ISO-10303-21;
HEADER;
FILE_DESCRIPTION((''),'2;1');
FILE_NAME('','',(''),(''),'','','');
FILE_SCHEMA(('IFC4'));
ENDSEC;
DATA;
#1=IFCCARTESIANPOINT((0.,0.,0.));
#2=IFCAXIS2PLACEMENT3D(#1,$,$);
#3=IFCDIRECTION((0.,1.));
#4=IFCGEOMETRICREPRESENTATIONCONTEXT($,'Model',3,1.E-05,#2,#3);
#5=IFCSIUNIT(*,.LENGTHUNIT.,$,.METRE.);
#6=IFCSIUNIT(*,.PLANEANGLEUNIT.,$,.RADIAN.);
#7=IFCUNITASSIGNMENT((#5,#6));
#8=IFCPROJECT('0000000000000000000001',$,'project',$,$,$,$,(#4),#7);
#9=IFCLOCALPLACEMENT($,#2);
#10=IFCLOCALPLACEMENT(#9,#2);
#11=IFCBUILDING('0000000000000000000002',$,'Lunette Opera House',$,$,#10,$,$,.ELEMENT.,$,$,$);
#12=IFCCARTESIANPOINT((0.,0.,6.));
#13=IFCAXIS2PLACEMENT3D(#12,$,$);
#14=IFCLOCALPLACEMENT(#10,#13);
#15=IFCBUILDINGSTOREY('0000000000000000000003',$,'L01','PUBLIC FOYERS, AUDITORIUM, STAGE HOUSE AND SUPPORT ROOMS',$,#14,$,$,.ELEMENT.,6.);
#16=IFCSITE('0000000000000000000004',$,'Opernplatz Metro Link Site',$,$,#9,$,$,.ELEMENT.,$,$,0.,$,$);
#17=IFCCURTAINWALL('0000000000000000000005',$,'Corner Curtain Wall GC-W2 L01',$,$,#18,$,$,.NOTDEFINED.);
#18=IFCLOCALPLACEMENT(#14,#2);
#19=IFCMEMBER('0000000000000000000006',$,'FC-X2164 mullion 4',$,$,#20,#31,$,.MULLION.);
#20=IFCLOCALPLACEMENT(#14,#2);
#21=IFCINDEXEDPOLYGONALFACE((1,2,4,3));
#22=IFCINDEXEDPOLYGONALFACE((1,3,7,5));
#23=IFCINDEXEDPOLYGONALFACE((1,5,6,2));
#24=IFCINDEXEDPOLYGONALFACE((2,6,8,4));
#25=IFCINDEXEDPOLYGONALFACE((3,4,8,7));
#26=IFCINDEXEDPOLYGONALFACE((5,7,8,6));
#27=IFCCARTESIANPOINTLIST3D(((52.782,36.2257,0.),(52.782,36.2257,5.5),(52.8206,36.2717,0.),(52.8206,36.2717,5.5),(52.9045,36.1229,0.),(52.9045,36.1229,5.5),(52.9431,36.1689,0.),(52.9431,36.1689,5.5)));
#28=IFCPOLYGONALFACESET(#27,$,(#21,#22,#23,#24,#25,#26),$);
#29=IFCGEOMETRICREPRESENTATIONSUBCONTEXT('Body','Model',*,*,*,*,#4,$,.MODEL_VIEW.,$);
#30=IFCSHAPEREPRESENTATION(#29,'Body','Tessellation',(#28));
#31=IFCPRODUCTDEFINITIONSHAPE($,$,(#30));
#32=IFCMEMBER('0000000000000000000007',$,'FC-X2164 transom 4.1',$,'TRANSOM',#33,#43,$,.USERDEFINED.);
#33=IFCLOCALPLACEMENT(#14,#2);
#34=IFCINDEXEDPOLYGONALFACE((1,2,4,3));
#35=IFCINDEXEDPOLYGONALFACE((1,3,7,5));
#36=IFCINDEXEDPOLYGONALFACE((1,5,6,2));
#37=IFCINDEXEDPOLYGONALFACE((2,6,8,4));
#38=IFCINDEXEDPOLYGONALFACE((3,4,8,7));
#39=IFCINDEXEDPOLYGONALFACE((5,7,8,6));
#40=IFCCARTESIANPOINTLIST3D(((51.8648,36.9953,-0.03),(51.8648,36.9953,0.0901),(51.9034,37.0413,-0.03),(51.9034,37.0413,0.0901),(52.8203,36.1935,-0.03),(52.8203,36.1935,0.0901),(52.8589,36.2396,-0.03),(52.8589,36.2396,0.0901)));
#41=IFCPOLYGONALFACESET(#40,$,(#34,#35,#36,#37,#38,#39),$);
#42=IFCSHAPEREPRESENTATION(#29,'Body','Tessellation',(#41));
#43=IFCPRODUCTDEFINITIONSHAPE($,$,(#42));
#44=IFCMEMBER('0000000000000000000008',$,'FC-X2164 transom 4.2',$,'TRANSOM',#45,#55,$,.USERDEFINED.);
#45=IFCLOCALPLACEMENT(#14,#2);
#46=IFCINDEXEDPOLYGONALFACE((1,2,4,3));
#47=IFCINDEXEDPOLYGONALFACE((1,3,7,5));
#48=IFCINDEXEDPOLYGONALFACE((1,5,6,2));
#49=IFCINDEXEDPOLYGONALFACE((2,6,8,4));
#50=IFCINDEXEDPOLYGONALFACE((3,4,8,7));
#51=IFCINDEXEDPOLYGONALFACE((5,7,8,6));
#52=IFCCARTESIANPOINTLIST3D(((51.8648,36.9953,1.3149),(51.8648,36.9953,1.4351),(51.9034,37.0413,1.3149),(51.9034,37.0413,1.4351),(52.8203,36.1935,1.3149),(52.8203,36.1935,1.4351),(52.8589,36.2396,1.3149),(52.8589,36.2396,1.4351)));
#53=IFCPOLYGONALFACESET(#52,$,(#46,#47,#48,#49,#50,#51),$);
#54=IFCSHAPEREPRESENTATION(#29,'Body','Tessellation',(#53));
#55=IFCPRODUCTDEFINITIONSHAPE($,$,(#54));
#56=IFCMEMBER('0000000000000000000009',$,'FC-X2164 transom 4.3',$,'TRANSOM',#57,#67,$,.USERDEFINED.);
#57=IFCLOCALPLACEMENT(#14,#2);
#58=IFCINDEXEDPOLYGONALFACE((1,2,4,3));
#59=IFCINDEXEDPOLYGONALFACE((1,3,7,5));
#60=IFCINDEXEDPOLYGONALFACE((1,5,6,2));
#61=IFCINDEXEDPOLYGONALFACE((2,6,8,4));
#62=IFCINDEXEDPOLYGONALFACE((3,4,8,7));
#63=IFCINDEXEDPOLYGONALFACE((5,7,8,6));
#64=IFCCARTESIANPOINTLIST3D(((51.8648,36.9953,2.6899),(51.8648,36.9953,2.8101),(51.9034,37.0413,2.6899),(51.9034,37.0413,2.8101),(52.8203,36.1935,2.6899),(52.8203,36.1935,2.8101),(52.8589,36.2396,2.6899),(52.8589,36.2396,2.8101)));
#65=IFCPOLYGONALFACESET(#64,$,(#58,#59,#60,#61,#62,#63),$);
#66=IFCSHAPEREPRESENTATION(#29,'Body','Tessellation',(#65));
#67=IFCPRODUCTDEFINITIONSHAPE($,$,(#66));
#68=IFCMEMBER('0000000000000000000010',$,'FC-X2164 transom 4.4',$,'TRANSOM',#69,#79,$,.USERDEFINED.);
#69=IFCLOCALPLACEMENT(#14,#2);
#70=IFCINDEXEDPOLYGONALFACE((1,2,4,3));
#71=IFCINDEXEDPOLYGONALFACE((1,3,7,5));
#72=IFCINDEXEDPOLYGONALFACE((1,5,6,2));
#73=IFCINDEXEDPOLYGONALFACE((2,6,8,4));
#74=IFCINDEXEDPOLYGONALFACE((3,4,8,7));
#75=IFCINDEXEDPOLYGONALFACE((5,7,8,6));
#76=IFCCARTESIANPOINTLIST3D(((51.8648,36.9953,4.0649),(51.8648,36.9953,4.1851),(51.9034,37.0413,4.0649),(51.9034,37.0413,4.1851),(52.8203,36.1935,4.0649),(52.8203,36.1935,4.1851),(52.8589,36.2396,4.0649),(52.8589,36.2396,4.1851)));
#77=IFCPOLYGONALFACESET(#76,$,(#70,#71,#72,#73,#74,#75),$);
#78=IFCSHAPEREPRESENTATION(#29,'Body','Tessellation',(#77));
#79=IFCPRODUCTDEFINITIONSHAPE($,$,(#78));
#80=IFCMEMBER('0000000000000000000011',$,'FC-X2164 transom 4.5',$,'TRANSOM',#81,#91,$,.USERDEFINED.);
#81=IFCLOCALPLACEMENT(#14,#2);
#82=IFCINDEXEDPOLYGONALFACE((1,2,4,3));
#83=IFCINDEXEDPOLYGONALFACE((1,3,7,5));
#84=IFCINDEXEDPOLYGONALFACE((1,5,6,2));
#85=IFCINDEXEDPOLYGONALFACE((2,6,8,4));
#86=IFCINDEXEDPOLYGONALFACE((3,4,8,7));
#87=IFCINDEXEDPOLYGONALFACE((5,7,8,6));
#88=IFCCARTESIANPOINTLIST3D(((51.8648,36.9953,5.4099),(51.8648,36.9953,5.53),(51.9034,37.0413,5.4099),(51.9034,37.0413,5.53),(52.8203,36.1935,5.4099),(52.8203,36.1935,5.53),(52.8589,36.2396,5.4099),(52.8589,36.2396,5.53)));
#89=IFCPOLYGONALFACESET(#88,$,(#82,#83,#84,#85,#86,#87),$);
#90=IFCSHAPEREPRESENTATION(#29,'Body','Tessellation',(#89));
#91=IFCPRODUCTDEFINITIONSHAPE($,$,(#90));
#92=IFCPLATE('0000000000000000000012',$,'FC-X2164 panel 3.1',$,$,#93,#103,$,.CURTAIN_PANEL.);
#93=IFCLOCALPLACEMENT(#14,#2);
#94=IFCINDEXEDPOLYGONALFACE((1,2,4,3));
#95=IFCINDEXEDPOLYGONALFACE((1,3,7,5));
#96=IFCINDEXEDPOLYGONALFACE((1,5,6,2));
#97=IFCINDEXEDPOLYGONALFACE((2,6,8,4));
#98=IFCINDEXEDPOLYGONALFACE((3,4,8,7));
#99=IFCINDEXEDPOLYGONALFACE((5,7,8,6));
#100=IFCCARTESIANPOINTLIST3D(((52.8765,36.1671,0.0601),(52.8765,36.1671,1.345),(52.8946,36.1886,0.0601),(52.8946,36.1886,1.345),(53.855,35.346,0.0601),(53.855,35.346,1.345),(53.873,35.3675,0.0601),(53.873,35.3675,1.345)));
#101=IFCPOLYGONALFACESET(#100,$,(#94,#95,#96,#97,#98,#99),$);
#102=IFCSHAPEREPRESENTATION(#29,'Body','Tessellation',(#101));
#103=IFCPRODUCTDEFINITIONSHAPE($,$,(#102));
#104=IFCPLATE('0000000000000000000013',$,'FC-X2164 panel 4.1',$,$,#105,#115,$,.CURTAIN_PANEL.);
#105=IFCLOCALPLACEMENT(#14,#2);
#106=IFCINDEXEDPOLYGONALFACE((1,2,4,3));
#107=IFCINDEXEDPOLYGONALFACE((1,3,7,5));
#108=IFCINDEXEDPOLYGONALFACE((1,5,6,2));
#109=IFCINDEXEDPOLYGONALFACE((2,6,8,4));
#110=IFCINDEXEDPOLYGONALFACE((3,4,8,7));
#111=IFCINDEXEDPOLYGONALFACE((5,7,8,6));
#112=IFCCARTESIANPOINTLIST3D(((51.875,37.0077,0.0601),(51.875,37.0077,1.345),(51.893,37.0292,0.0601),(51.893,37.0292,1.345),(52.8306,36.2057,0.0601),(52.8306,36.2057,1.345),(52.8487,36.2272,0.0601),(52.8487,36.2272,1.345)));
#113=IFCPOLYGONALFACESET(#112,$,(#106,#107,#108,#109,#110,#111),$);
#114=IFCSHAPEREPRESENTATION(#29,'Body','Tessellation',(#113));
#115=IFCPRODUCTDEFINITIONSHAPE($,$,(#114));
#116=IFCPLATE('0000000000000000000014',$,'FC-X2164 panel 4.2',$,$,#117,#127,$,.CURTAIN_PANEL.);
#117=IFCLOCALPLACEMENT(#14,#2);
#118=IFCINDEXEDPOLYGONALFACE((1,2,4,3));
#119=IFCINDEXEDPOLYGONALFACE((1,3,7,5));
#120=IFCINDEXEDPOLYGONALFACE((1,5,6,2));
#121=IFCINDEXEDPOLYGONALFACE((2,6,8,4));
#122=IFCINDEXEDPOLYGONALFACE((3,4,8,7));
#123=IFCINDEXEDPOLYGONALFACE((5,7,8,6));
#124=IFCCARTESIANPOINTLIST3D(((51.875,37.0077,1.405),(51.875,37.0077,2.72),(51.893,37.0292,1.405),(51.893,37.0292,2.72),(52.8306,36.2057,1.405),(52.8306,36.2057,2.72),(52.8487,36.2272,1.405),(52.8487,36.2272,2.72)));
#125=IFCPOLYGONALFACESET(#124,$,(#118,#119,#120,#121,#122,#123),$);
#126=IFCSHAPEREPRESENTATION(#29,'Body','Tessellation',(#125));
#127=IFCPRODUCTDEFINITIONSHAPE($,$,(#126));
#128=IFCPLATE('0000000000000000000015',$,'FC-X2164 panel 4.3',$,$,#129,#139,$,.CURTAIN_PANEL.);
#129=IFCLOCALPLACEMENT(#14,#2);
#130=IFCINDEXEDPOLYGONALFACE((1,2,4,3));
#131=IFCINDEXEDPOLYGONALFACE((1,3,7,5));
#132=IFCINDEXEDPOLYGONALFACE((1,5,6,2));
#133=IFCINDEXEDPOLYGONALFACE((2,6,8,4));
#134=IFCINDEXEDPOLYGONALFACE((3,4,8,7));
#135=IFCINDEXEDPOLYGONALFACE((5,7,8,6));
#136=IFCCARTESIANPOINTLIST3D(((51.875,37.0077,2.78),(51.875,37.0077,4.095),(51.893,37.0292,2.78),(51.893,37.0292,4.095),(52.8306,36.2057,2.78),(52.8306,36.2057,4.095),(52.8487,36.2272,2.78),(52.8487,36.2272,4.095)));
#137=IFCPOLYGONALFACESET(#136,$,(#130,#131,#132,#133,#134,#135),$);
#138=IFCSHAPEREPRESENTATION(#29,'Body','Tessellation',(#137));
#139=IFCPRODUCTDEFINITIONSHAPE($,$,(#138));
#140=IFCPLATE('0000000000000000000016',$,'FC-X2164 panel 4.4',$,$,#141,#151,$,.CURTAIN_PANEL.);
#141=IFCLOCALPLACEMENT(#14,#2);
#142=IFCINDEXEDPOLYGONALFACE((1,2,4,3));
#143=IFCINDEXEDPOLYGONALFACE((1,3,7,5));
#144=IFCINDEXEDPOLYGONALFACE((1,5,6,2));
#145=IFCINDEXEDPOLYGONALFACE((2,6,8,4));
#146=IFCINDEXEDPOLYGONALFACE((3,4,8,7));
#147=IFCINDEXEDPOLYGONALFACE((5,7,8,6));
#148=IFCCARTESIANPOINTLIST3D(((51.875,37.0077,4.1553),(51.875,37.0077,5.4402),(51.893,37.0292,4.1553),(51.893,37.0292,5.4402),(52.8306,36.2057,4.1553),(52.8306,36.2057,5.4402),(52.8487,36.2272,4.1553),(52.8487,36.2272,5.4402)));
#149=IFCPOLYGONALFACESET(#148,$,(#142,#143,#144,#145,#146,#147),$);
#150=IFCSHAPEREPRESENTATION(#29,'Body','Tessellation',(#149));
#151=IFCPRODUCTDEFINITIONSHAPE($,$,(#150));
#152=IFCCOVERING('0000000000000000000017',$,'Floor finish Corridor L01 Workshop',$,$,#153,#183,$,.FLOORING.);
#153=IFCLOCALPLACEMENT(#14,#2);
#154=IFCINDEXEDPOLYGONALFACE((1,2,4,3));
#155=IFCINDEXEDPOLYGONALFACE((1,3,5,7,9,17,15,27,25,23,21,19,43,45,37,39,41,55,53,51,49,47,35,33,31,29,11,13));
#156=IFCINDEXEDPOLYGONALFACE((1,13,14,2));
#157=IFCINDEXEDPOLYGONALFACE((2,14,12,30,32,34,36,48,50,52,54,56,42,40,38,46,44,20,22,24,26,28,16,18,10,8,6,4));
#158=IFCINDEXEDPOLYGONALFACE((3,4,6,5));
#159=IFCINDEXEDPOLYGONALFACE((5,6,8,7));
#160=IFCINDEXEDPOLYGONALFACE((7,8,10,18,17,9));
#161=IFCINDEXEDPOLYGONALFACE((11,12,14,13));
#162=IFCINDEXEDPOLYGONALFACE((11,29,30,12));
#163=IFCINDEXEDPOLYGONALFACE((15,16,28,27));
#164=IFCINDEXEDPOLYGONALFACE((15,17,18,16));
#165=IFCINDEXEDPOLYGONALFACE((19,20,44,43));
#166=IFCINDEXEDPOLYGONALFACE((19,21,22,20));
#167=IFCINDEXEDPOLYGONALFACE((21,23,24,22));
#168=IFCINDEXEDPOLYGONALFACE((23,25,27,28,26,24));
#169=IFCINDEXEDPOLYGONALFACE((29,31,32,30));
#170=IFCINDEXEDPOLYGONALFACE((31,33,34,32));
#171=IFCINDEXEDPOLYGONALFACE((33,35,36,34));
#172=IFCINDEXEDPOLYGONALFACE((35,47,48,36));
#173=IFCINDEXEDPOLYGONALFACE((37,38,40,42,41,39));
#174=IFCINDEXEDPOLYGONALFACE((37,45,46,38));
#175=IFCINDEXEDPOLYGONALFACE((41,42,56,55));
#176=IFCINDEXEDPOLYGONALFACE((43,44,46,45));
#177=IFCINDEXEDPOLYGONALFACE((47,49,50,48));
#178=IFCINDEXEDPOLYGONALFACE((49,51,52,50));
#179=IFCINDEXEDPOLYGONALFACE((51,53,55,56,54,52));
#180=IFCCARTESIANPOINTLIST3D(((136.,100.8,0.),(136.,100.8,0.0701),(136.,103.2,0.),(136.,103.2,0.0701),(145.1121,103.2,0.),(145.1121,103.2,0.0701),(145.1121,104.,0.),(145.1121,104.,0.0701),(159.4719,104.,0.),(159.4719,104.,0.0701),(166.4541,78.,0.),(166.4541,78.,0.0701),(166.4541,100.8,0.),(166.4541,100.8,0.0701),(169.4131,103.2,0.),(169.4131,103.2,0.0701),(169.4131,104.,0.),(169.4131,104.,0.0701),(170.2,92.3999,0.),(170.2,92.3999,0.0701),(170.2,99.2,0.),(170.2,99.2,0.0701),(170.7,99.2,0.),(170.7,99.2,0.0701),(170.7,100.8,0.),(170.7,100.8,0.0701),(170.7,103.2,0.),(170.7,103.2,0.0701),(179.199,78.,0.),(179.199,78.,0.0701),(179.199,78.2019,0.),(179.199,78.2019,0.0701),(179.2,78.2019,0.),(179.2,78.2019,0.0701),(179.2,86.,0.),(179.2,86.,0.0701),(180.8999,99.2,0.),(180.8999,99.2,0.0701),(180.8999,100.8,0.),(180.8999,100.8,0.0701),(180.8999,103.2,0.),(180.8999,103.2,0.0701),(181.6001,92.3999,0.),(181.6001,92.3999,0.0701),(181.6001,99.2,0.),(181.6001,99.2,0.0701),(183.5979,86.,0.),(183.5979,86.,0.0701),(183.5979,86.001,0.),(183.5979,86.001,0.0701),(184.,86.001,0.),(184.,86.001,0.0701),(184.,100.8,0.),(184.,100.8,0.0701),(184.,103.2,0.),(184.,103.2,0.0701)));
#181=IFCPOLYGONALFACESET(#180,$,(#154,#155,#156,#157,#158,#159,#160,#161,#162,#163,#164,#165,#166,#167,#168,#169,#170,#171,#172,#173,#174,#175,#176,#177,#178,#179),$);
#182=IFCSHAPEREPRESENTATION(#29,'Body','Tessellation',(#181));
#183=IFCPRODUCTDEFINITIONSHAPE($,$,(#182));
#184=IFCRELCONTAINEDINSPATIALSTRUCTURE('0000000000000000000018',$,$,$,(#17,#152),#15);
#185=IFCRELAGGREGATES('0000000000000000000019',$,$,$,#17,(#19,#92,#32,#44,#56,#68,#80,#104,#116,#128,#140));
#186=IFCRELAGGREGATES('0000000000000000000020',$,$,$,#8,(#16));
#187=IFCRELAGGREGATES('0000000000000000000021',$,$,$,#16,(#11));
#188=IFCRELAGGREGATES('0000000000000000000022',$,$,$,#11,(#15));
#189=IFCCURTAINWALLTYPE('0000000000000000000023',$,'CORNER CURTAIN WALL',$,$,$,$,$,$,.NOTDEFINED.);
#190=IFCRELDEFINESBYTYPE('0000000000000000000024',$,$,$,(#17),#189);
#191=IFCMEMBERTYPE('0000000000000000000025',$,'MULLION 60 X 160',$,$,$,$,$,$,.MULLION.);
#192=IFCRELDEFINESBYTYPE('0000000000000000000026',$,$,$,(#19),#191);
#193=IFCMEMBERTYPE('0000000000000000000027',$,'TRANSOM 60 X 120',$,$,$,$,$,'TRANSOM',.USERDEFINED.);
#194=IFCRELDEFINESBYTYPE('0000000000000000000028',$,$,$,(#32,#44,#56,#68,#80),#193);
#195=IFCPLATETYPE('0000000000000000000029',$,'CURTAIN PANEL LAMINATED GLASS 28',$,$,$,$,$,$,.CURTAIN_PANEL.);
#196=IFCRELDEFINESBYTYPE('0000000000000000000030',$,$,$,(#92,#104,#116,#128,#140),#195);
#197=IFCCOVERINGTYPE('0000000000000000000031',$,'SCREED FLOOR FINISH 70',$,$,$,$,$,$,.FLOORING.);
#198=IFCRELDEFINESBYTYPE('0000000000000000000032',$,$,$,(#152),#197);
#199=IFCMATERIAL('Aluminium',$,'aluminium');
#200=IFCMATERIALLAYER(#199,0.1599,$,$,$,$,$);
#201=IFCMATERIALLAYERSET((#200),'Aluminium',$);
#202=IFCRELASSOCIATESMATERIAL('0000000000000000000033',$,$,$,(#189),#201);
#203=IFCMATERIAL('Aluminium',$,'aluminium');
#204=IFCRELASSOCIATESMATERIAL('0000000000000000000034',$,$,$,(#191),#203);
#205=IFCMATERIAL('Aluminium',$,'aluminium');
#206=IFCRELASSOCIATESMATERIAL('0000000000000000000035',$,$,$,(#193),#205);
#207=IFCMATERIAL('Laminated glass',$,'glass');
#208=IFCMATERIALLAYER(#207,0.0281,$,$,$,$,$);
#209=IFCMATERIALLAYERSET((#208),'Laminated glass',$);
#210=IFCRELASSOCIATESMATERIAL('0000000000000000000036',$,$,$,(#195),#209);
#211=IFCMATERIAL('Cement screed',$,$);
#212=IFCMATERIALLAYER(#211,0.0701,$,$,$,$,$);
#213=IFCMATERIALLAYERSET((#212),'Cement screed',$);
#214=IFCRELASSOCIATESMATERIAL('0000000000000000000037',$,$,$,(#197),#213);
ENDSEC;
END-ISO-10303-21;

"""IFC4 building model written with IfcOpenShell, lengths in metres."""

from ifc_helpers import new_model, si_unit, direction, frame, origin, origin_2d, place, context, subcontext, project, spatial, polyline, rectangle, outline, extrude, material, layer, layer_set, material_profile, profile_set, type_object, element, aggregate, save


model = new_model("IFC4")

# Units and contexts
model_context = context("Model", 3, precision=1e-05, world=origin(), true_north=direction((0.0, 1.0)))
body_context = subcontext(model_context, "Body", "Model", "MODEL_VIEW")
ifc_project = project(units=[si_unit("LENGTHUNIT", "METRE"), si_unit("PLANEANGLEUNIT", "RADIAN")], contexts=[model_context])

# Site, building, storey
site_placement = place(None, origin())
site = spatial("IfcSite", under=ifc_project, at=site_placement, Name="Opernplatz Metro Link Site", CompositionType="ELEMENT", RefElevation=0.0)
building_placement = place(site_placement, origin())
building = spatial("IfcBuilding", under=site, at=building_placement, Name="Lunette Opera House", CompositionType="ELEMENT")
storey_placement = place(building_placement, frame((0.0, 0.0, 6.0)))
storey = spatial("IfcBuildingStorey", under=building, at=storey_placement, Name="L01", Description="PUBLIC FOYERS, AUDITORIUM, STAGE HOUSE AND SUPPORT ROOMS", CompositionType="ELEMENT", Elevation=6.0)

# Curtain wall, members, plates
ifc_material_1 = material(Name="Aluminium", Category="aluminium")
ifc_layer_1 = layer(ifc_material_1, 0.1599)
ifc_layer_set_1 = layer_set([ifc_layer_1], Name="Aluminium")
curtain_wall_type = type_object("IfcCurtainWallType", Name="CORNER CURTAIN WALL", PredefinedType="NOTDEFINED", material=ifc_layer_set_1)
curtain_wall_placement = place(storey_placement, origin())
curtain_wall = element("IfcCurtainWall", 1, at=curtain_wall_placement, inside=storey, type_object=curtain_wall_type, Name="Corner Curtain Wall GC-W2 L01", PredefinedType="NOTDEFINED")
ifc_material_2 = material(Name="Aluminium", Category="aluminium")
ifc_material_profile_1 = material_profile(ifc_material_2, rectangle(XDim=0.0601, YDim=0.1599, at=origin_2d()), Name="MULLION 60 X 160")
ifc_profile_set_1 = profile_set([ifc_material_profile_1], Name="Aluminium")
member_type_1 = type_object("IfcMemberType", Name="MULLION 60 X 160", PredefinedType="MULLION", material=ifc_profile_set_1)
member_1_placement = place(storey_placement, frame((52.8625, 36.1973, 0.0), z_axis=(0.0, 0.0, 1.0), x_axis=(-0.642828, -0.76601, 0.0)))
member_1 = element("IfcMember", 2, at=member_1_placement, type_object=member_type_1, Name="FC-X2164 mullion 4", PredefinedType="MULLION", context=body_context, shape_type="SweptSolid", body=[
    extrude(rectangle(XDim=0.0601, YDim=0.1599, at=origin_2d()), origin(), (0.0, 0.0, 1.0), 5.5),
])
ifc_material_3 = material(Name="Aluminium", Category="aluminium")
ifc_material_profile_2 = material_profile(ifc_material_3, rectangle(XDim=0.0601, YDim=0.1201, at=origin_2d()), Name="TRANSOM 60 X 120")
ifc_profile_set_2 = profile_set([ifc_material_profile_2], Name="Aluminium")
member_type_2 = type_object("IfcMemberType", Name="TRANSOM 60 X 120", ElementType="TRANSOM", PredefinedType="USERDEFINED", material=ifc_profile_set_2)
member_2_placement = place(storey_placement, frame((52.8396, 36.2166, 0.03), z_axis=(-0.766067, 0.642761, 0.0), x_axis=(-0.642761, -0.766067, 0.0)))
member_2 = element("IfcMember", 3, at=member_2_placement, type_object=member_type_2, Name="FC-X2164 transom 4.1", ObjectType="TRANSOM", PredefinedType="USERDEFINED", context=body_context, shape_type="SweptSolid", body=[
    extrude(rectangle(XDim=0.0601, YDim=0.1201, at=origin_2d()), origin(), (0.0, 0.0, 1.0), 1.2473),
])
member_3_placement = place(storey_placement, frame((52.8396, 36.2166, 1.375), z_axis=(-0.766067, 0.642761, 0.0), x_axis=(-0.642761, -0.766067, 0.0)))
member_3 = element("IfcMember", 4, at=member_3_placement, type_object=member_type_2, Name="FC-X2164 transom 4.2", ObjectType="TRANSOM", PredefinedType="USERDEFINED", context=body_context, shape_type="SweptSolid", body=[
    extrude(rectangle(XDim=0.0601, YDim=0.1201, at=origin_2d()), origin(), (0.0, 0.0, 1.0), 1.2473),
])
member_4_placement = place(storey_placement, frame((52.8396, 36.2166, 2.75), z_axis=(-0.766067, 0.642761, 0.0), x_axis=(-0.642761, -0.766067, 0.0)))
member_4 = element("IfcMember", 5, at=member_4_placement, type_object=member_type_2, Name="FC-X2164 transom 4.3", ObjectType="TRANSOM", PredefinedType="USERDEFINED", context=body_context, shape_type="SweptSolid", body=[
    extrude(rectangle(XDim=0.0601, YDim=0.1201, at=origin_2d()), origin(), (0.0, 0.0, 1.0), 1.2473),
])
member_5_placement = place(storey_placement, frame((52.8396, 36.2166, 4.125), z_axis=(-0.766067, 0.642761, 0.0), x_axis=(-0.642761, -0.766067, 0.0)))
member_5 = element("IfcMember", 6, at=member_5_placement, type_object=member_type_2, Name="FC-X2164 transom 4.4", ObjectType="TRANSOM", PredefinedType="USERDEFINED", context=body_context, shape_type="SweptSolid", body=[
    extrude(rectangle(XDim=0.0601, YDim=0.1201, at=origin_2d()), origin(), (0.0, 0.0, 1.0), 1.2473),
])
member_6_placement = place(storey_placement, frame((52.8396, 36.2166, 5.47), z_axis=(-0.766067, 0.642761, 0.0), x_axis=(-0.642761, -0.766067, 0.0)))
member_6 = element("IfcMember", 7, at=member_6_placement, type_object=member_type_2, Name="FC-X2164 transom 4.5", ObjectType="TRANSOM", PredefinedType="USERDEFINED", context=body_context, shape_type="SweptSolid", body=[
    extrude(rectangle(XDim=0.0601, YDim=0.1201, at=origin_2d()), origin(), (0.0, 0.0, 1.0), 1.2473),
])
ifc_material_4 = material(Name="Laminated glass", Category="glass")
ifc_layer_2 = layer(ifc_material_4, 0.0281)
ifc_layer_set_2 = layer_set([ifc_layer_2], Name="Laminated glass")
plate_type = type_object("IfcPlateType", Name="CURTAIN PANEL LAMINATED GLASS 28", PredefinedType="CURTAIN_PANEL", material=ifc_layer_set_2)
plate_1_placement = place(storey_placement, frame((53.3748, 35.7673, 0.0601), z_axis=(0.0, 0.0, 1.0), x_axis=(-0.76601, 0.642828, 0.0)))
plate_1 = element("IfcPlate", 8, at=plate_1_placement, type_object=plate_type, Name="FC-X2164 panel 3.1", PredefinedType="CURTAIN_PANEL", context=body_context, shape_type="SweptSolid", body=[
    extrude(rectangle(XDim=1.2773, YDim=0.0281, at=origin_2d()), origin(), (0.0, 0.0, 1.0), 1.2849),
])
plate_2_placement = place(storey_placement, frame((52.3618, 36.6174, 0.0601), z_axis=(0.0, 0.0, 1.0), x_axis=(-0.76601, 0.642828, 0.0)))
plate_2 = element("IfcPlate", 9, at=plate_2_placement, type_object=plate_type, Name="FC-X2164 panel 4.1", PredefinedType="CURTAIN_PANEL", context=body_context, shape_type="SweptSolid", body=[
    extrude(rectangle(XDim=1.2476, YDim=0.0281, at=origin_2d()), origin(), (0.0, 0.0, 1.0), 1.2849),
])
plate_3_placement = place(storey_placement, frame((52.3618, 36.6174, 1.405), z_axis=(0.0, 0.0, 1.0), x_axis=(-0.76601, 0.642828, 0.0)))
plate_3 = element("IfcPlate", 10, at=plate_3_placement, type_object=plate_type, Name="FC-X2164 panel 4.2", PredefinedType="CURTAIN_PANEL", context=body_context, shape_type="SweptSolid", body=[
    extrude(rectangle(XDim=1.2476, YDim=0.0281, at=origin_2d()), origin(), (0.0, 0.0, 1.0), 1.3149),
])
plate_4_placement = place(storey_placement, frame((52.3618, 36.6174, 2.78), z_axis=(0.0, 0.0, 1.0), x_axis=(-0.76601, 0.642828, 0.0)))
plate_4 = element("IfcPlate", 11, at=plate_4_placement, type_object=plate_type, Name="FC-X2164 panel 4.3", PredefinedType="CURTAIN_PANEL", context=body_context, shape_type="SweptSolid", body=[
    extrude(rectangle(XDim=1.2476, YDim=0.0281, at=origin_2d()), origin(), (0.0, 0.0, 1.0), 1.3149),
])
plate_5_placement = place(storey_placement, frame((52.3618, 36.6174, 4.1553), z_axis=(0.0, 0.0, 1.0), x_axis=(-0.76601, 0.642828, 0.0)))
plate_5 = element("IfcPlate", 12, at=plate_5_placement, type_object=plate_type, Name="FC-X2164 panel 4.4", PredefinedType="CURTAIN_PANEL", context=body_context, shape_type="SweptSolid", body=[
    extrude(rectangle(XDim=1.2476, YDim=0.0281, at=origin_2d()), origin(), (0.0, 0.0, 1.0), 1.2849),
])
aggregate(curtain_wall, [member_1, plate_1, member_2, member_3, member_4, member_5, member_6, plate_2, plate_3, plate_4, plate_5])

# Covering
ifc_material_5 = material(Name="Cement screed")
ifc_layer_3 = layer(ifc_material_5, 0.0701)
ifc_layer_set_3 = layer_set([ifc_layer_3], Name="Cement screed")
covering_type_1 = type_object("IfcCoveringType", Name="SCREED FLOOR FINISH 70", PredefinedType="FLOORING", material=ifc_layer_set_3)
covering_1_placement = place(storey_placement, origin())
element("IfcCovering", 13, at=covering_1_placement, inside=storey, type_object=covering_type_1, Name="Floor finish Corridor L01 Workshop", PredefinedType="FLOORING", context=body_context, shape_type="SweptSolid", body=[
    extrude(outline(polyline([(180.8999, 99.2), (180.8999, 100.8), (180.8999, 103.2), (184.0, 103.2), (184.0, 100.8), (184.0, 86.001), (183.5979, 86.001), (183.5979, 86.0), (179.2, 86.0), (179.2, 78.2019), (179.199, 78.2019), (179.199, 78.0), (166.4541, 78.0), (166.4541, 100.8), (136.0, 100.8), (136.0, 103.2), (145.1121, 103.2), (145.1121, 104.0), (159.4719, 104.0), (169.4131, 104.0), (169.4131, 103.2), (170.7, 103.2), (170.7, 100.8), (170.7, 99.2), (170.2, 99.2), (170.2, 92.3999), (181.6001, 92.3999), (181.6001, 99.2), (180.8999, 99.2)])), origin(), (0.0, 0.0, 1.0), 0.0701),
])

save(model, "model.ifc")
